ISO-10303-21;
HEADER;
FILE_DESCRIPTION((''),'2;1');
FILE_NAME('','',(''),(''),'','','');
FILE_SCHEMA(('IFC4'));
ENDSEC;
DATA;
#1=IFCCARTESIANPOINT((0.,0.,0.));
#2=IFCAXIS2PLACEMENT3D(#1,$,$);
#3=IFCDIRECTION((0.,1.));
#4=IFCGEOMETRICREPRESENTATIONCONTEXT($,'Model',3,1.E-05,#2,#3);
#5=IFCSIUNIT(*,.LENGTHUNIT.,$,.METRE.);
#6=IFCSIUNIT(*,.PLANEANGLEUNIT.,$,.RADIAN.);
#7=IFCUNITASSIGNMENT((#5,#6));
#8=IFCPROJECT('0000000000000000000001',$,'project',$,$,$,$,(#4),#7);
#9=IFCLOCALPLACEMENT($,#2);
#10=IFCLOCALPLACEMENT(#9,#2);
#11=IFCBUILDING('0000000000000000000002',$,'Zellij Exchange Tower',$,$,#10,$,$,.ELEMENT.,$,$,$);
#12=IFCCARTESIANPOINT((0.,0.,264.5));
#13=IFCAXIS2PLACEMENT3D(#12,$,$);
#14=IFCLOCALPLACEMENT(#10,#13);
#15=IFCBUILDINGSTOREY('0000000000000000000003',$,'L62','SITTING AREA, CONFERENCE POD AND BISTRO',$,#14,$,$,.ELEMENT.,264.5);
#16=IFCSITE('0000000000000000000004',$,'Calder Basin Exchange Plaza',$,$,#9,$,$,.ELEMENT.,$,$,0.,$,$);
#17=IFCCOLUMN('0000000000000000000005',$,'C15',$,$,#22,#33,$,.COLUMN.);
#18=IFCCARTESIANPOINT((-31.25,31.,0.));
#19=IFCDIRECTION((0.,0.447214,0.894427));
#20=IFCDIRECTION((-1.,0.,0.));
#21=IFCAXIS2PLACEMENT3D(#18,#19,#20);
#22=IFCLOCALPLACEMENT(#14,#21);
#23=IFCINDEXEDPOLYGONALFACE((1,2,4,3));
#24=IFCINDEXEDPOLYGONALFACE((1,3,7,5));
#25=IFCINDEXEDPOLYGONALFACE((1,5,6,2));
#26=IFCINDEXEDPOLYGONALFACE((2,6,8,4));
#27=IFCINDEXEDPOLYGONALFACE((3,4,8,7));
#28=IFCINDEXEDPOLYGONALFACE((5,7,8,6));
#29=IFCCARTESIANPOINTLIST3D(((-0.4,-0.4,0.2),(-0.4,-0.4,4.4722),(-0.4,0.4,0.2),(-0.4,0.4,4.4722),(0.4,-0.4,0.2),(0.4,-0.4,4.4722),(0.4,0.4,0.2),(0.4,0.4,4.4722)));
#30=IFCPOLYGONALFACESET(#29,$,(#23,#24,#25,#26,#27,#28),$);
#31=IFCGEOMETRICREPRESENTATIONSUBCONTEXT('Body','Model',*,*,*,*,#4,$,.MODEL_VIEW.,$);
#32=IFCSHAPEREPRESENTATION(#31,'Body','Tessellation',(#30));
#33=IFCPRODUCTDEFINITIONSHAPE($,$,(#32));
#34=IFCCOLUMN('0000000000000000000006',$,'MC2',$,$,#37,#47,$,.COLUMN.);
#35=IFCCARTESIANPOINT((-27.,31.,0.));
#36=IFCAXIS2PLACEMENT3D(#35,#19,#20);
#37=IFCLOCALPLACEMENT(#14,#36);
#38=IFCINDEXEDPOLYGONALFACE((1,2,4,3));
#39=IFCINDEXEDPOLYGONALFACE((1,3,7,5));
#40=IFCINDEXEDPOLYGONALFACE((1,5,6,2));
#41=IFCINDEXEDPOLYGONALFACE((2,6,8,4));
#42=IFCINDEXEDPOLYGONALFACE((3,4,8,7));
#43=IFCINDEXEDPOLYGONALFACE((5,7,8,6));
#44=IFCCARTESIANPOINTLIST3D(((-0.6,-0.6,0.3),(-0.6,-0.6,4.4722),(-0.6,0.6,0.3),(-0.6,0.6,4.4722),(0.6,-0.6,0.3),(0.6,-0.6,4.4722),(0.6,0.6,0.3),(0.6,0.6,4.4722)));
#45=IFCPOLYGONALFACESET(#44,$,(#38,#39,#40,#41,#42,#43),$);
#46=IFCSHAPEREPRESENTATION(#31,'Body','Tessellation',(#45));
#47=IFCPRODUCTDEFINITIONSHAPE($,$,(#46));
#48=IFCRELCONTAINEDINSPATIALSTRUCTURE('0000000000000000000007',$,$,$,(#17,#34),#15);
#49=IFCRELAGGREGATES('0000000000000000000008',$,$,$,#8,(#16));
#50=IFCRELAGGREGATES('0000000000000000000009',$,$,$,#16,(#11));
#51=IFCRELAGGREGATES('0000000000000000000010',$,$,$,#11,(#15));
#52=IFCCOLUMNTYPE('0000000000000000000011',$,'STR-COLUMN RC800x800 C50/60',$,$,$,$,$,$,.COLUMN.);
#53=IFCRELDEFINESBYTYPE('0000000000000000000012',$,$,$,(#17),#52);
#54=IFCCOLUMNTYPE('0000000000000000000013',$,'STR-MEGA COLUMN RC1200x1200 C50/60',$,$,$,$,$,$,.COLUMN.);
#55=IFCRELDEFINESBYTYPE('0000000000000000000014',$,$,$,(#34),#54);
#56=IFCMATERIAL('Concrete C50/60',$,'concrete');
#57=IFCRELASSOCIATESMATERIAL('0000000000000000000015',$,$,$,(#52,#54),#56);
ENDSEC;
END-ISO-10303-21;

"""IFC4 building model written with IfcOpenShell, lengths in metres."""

from ifc_helpers import new_model, si_unit, direction, frame, origin, origin_2d, place, context, subcontext, project, spatial, rectangle, extrude, clip, halfspace, material, material_profile, profile_set, type_object, element, save


model = new_model("IFC4")

# Units and contexts
model_context = context("Model", 3, precision=1e-05, world=origin(), true_north=direction((0.0, 1.0)))
body_context = subcontext(model_context, "Body", "Model", "MODEL_VIEW")
ifc_project = project(units=[si_unit("LENGTHUNIT", "METRE"), si_unit("PLANEANGLEUNIT", "RADIAN")], contexts=[model_context])

# Site, building, storey
site_placement = place(None, origin())
site = spatial("IfcSite", under=ifc_project, at=site_placement, Name="Calder Basin Exchange Plaza", CompositionType="ELEMENT", RefElevation=0.0)
building_placement = place(site_placement, origin())
building = spatial("IfcBuilding", under=site, at=building_placement, Name="Zellij Exchange Tower", CompositionType="ELEMENT")
storey_placement = place(building_placement, frame((0.0, 0.0, 264.5)))
storey = spatial("IfcBuildingStorey", under=building, at=storey_placement, Name="L62", Description="SITTING AREA, CONFERENCE POD AND BISTRO", CompositionType="ELEMENT", Elevation=264.5)

# Columns
ifc_material_1 = material(Name="Concrete C50/60", Category="concrete")
ifc_material_profile_1 = material_profile(ifc_material_1, rectangle(XDim=0.8, YDim=0.8, at=origin_2d()), Name="STR-COLUMN RC800x800 C50/60")
ifc_profile_set_1 = profile_set([ifc_material_profile_1], Name="Concrete C50/60")
column_type_1 = type_object("IfcColumnType", Name="STR-COLUMN RC800x800 C50/60", PredefinedType="COLUMN", material=ifc_profile_set_1)
column_1_placement = place(storey_placement, frame((-31.25, 31.0, 0.0), z_axis=(0.0, 0.447214, 0.894427), x_axis=(-1.0, 0.0, 0.0)))
element("IfcColumn", 1, at=column_1_placement, inside=storey, type_object=column_type_1, Name="C15", PredefinedType="COLUMN", context=body_context, shape_type="Clipping", body=[
    clip(extrude(rectangle(XDim=0.8, YDim=0.8, at=origin_2d()), origin(), (0.0, 0.0, 1.0), 4.4722), halfspace(frame((0.0, 0.0, 0.2)), True)),
])
ifc_material_profile_2 = material_profile(ifc_material_1, rectangle(XDim=1.2, YDim=1.2, at=origin_2d()), Name="STR-MEGA COLUMN RC1200x1200 C50/60")
ifc_profile_set_2 = profile_set([ifc_material_profile_2], Name="Concrete C50/60")
column_type_2 = type_object("IfcColumnType", Name="STR-MEGA COLUMN RC1200x1200 C50/60", PredefinedType="COLUMN", material=ifc_profile_set_2)
column_2_placement = place(storey_placement, frame((-27.0, 31.0, 0.0), z_axis=(0.0, 0.447214, 0.894427), x_axis=(-1.0, 0.0, 0.0)))
element("IfcColumn", 2, at=column_2_placement, inside=storey, type_object=column_type_2, Name="MC2", PredefinedType="COLUMN", context=body_context, shape_type="Clipping", body=[
    clip(extrude(rectangle(XDim=1.2, YDim=1.2, at=origin_2d()), origin(), (0.0, 0.0, 1.0), 4.4722), halfspace(frame((0.0, 0.0, 0.3)), True)),
])

save(model, "model.ifc")
